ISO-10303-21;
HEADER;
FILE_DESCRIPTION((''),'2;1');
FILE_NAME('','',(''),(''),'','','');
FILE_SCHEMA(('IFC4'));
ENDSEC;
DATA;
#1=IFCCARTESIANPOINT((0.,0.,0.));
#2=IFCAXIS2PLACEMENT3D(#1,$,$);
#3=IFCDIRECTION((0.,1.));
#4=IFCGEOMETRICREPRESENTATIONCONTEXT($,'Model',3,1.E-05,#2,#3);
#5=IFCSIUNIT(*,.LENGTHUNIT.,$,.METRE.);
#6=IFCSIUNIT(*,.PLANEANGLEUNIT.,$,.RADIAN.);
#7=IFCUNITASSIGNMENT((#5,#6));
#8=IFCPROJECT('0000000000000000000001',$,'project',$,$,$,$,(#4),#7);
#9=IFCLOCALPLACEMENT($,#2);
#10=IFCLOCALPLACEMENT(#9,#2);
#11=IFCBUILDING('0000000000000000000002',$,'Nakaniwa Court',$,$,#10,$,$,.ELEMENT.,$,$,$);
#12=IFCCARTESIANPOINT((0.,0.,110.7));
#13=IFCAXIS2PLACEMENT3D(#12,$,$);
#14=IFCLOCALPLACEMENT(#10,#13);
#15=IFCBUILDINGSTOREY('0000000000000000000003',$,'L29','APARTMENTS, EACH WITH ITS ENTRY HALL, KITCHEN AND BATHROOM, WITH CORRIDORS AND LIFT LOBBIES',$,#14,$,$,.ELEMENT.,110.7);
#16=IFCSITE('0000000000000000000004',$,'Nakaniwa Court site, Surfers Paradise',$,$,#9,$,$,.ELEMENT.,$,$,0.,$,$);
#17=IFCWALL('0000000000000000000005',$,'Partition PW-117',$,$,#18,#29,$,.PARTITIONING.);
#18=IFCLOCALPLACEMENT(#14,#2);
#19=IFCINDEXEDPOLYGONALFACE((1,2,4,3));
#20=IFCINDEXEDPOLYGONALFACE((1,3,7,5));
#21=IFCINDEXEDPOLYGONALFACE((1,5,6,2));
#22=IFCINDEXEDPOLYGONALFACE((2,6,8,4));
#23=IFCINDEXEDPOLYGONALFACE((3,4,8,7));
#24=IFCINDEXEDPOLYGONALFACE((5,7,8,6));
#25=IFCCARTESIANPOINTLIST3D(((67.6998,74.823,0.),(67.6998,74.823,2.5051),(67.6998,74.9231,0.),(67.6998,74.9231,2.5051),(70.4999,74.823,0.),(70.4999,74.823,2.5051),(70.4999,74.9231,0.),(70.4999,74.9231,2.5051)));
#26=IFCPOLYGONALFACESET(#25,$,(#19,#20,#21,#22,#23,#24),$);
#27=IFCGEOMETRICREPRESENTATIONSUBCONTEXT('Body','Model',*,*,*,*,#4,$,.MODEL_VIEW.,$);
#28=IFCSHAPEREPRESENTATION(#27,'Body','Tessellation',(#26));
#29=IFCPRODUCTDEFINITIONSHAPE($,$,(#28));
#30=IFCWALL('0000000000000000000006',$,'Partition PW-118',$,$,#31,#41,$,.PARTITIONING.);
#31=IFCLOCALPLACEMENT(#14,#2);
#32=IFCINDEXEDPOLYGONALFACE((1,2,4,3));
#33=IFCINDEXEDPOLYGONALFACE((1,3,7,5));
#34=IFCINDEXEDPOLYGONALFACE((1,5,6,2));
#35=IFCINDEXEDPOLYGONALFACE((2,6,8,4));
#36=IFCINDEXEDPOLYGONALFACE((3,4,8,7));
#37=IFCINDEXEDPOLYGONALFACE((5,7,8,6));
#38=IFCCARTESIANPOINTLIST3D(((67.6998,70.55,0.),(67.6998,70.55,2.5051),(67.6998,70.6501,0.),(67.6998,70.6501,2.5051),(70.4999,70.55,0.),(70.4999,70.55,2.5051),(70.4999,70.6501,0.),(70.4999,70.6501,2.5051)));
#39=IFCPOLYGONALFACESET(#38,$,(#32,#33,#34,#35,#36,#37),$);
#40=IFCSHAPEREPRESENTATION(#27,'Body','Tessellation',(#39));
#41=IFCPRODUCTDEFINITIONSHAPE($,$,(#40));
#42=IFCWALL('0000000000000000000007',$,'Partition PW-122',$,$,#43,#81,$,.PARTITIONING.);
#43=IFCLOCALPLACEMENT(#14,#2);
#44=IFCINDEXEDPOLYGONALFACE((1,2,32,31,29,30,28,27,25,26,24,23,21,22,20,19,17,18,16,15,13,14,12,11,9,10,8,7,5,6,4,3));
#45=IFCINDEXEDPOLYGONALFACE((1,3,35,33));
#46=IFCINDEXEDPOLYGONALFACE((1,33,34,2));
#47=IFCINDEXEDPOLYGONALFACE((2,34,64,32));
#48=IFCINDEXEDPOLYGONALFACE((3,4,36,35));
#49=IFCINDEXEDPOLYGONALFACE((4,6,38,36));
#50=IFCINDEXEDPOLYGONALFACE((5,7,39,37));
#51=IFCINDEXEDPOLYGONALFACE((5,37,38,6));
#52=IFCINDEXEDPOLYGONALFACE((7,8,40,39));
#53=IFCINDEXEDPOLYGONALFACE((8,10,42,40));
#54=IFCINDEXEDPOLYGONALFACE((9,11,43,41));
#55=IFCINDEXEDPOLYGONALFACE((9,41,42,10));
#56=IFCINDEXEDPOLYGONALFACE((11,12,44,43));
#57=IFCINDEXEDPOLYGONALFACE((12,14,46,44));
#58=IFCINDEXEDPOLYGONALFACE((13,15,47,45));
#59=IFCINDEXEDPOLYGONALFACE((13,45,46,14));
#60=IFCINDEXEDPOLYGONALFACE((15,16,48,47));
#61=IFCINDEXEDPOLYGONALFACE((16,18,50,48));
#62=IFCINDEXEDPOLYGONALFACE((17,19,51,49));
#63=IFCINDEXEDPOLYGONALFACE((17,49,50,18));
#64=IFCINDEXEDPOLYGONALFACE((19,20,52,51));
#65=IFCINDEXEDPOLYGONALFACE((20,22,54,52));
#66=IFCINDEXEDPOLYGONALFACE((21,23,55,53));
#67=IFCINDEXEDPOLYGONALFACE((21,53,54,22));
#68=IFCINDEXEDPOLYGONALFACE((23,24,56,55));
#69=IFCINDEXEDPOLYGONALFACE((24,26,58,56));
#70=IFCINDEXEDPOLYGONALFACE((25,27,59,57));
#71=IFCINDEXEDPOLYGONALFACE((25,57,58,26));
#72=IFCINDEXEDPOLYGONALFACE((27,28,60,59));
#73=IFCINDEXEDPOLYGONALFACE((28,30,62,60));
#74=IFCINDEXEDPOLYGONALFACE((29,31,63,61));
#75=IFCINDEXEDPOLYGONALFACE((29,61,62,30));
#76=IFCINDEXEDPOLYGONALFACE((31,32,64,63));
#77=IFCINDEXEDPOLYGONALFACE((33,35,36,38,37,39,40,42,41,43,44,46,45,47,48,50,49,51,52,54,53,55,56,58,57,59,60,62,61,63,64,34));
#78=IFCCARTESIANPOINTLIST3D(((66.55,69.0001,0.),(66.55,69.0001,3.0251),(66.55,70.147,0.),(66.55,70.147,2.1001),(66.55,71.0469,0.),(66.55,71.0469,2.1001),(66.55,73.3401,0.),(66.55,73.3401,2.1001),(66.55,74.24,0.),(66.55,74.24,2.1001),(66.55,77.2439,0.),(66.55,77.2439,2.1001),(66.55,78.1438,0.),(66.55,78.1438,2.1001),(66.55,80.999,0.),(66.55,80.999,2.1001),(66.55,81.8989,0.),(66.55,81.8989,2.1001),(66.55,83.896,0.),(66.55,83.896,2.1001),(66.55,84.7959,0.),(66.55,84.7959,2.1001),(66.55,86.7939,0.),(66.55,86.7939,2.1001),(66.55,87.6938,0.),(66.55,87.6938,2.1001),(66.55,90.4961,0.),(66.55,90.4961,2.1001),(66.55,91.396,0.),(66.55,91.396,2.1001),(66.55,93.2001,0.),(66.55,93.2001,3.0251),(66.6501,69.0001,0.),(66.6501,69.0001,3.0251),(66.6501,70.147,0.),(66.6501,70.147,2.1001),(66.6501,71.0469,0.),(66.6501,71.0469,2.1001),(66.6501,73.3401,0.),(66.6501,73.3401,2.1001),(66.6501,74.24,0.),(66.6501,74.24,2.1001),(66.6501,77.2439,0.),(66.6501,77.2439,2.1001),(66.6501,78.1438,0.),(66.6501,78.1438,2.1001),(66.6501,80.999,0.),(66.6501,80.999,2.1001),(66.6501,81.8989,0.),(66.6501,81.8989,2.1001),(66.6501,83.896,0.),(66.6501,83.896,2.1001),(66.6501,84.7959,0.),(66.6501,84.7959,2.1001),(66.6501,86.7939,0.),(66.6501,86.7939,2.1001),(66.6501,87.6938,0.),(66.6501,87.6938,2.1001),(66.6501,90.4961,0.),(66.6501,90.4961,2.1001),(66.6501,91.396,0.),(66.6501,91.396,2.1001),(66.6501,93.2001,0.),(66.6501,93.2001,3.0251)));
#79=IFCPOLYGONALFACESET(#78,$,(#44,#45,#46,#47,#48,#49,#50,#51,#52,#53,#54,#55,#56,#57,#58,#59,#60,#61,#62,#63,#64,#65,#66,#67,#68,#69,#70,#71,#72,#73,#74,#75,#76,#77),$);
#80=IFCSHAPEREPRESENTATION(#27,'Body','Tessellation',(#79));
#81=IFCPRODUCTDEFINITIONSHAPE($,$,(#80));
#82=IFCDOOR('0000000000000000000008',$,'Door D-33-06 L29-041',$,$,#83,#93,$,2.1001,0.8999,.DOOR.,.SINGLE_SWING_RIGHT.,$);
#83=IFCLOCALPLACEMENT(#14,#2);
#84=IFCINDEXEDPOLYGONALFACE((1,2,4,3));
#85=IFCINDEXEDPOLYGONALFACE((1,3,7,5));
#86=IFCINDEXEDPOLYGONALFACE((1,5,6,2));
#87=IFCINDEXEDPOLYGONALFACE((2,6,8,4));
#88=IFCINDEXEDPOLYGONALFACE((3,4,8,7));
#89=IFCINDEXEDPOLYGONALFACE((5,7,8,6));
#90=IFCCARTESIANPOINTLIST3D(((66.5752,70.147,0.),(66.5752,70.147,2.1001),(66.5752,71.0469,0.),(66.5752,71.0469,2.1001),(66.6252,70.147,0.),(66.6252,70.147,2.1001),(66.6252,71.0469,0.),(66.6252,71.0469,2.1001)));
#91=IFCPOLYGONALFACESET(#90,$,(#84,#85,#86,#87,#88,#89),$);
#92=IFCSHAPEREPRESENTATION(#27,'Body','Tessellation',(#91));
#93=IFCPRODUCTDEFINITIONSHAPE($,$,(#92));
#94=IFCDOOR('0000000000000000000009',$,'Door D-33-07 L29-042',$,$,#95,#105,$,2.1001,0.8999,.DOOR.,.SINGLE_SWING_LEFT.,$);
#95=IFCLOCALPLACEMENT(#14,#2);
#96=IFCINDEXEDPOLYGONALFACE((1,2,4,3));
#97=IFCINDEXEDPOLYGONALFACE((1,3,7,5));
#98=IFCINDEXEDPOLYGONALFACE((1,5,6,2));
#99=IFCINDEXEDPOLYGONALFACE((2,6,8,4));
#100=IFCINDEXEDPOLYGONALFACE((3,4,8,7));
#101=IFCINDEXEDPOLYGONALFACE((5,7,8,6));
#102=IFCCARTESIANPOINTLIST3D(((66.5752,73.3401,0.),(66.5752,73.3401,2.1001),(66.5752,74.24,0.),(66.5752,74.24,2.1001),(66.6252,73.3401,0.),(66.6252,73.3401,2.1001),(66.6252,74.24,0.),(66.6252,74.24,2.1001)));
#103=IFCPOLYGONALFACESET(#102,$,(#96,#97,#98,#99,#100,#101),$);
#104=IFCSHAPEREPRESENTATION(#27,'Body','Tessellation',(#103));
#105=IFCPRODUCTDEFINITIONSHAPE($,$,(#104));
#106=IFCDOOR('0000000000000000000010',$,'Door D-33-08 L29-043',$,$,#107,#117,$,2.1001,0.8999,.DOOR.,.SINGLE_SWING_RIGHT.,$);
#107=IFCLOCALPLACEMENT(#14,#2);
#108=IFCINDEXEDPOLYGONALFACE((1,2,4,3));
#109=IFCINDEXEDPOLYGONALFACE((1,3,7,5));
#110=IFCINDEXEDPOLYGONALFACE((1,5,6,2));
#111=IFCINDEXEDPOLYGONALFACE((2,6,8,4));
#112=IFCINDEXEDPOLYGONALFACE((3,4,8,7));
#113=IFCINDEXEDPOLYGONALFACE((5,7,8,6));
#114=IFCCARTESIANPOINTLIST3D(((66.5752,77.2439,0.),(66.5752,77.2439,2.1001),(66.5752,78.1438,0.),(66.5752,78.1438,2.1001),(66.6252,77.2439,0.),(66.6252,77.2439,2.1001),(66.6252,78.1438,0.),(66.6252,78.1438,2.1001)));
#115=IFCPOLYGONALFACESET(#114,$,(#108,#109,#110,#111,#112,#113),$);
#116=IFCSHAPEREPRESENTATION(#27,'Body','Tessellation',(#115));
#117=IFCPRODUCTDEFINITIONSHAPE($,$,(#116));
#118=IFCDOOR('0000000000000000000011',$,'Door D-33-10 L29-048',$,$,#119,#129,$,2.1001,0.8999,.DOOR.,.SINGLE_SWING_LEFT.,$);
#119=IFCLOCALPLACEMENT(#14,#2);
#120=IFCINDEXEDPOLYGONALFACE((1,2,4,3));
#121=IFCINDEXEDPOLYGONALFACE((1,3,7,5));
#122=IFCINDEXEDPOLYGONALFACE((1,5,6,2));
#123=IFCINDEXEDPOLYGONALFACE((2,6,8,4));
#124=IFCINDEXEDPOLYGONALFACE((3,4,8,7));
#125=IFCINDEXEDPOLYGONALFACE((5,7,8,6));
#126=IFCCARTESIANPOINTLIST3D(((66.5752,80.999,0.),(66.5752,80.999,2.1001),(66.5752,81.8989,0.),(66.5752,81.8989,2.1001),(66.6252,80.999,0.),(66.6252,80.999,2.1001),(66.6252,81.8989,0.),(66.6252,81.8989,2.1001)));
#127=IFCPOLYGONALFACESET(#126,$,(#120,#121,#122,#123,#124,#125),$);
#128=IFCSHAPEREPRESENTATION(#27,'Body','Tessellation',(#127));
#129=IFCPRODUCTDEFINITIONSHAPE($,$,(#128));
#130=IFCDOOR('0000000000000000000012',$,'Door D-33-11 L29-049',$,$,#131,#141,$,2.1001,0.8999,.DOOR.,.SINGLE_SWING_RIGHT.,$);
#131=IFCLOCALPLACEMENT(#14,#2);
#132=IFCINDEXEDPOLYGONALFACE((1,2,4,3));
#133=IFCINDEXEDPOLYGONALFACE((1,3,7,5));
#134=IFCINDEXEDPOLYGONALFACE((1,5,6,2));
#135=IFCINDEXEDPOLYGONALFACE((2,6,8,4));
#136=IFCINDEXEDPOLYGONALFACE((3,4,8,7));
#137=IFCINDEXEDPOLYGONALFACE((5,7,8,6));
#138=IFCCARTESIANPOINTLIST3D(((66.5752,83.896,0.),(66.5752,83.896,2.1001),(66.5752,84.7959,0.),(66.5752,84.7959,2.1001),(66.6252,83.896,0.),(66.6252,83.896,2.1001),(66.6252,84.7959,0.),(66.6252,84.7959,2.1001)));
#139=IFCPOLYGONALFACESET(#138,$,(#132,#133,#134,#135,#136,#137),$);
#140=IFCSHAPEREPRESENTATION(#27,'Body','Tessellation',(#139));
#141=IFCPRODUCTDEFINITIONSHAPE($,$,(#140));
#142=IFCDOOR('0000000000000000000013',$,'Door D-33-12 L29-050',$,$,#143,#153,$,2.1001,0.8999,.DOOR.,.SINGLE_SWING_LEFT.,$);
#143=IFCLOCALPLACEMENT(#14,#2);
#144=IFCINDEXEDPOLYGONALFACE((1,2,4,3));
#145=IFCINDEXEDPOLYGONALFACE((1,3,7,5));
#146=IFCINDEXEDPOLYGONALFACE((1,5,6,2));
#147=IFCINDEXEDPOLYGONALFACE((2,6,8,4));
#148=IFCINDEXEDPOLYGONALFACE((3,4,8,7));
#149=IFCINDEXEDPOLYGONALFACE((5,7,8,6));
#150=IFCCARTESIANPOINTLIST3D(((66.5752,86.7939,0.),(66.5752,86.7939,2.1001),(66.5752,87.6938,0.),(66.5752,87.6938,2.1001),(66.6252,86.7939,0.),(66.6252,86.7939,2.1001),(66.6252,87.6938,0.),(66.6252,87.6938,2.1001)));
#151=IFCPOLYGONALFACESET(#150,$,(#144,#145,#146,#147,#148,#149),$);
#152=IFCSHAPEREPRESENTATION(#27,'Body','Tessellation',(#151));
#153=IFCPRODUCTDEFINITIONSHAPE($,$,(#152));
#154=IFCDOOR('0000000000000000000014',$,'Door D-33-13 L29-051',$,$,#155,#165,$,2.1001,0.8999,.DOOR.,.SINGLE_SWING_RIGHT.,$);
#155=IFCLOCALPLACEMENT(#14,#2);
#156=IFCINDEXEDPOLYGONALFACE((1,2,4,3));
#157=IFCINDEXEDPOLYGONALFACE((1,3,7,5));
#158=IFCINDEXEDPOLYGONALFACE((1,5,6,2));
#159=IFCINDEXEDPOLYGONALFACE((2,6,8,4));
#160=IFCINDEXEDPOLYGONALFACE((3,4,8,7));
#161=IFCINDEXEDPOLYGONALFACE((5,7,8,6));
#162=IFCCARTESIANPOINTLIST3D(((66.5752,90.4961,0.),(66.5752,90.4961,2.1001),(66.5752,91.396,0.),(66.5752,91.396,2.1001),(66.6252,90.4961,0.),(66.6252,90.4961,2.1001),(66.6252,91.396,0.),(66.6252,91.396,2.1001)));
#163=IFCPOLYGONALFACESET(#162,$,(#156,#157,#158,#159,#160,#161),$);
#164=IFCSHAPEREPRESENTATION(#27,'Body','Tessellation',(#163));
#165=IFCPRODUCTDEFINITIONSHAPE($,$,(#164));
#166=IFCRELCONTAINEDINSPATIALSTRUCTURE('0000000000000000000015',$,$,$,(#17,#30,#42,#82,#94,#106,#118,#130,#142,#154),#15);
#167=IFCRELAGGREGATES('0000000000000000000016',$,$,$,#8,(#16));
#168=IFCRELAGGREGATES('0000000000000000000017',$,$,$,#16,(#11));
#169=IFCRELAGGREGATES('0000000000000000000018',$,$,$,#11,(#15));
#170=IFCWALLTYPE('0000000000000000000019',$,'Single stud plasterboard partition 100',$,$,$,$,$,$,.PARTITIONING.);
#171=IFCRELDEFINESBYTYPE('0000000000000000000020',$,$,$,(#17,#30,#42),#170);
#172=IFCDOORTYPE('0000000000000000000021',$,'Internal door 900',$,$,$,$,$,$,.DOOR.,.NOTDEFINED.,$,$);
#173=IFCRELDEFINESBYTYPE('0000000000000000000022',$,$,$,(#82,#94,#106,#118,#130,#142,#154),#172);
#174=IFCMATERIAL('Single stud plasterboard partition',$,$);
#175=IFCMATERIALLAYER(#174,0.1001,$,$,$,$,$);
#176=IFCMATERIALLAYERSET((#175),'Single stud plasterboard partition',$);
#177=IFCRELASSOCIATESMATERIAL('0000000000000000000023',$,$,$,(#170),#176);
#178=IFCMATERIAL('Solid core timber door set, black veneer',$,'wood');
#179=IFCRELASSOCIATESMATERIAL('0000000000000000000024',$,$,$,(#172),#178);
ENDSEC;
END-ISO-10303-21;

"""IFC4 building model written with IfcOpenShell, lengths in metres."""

from ifc_helpers import new_model, si_unit, direction, frame, frame_2d, origin, place, context, subcontext, project, spatial, rectangle, extrude, material, layer, layer_set, type_object, element, fill, save


model = new_model("IFC4")

# Units and contexts
model_context = context("Model", 3, precision=1e-05, world=origin(), true_north=direction((0.0, 1.0)))
body_context = subcontext(model_context, "Body", "Model", "MODEL_VIEW")
ifc_project = project(units=[si_unit("LENGTHUNIT", "METRE"), si_unit("PLANEANGLEUNIT", "RADIAN")], contexts=[model_context])

# Site, building, storey
site_placement = place(None, origin())
site = spatial("IfcSite", under=ifc_project, at=site_placement, Name="Nakaniwa Court site, Surfers Paradise", CompositionType="ELEMENT", RefElevation=0.0)
building_placement = place(site_placement, origin())
building = spatial("IfcBuilding", under=site, at=building_placement, Name="Nakaniwa Court", CompositionType="ELEMENT")
storey_placement = place(building_placement, frame((0.0, 0.0, 110.7)))
storey = spatial("IfcBuildingStorey", under=building, at=storey_placement, Name="L29", Description="APARTMENTS, EACH WITH ITS ENTRY HALL, KITCHEN AND BATHROOM, WITH CORRIDORS AND LIFT LOBBIES", CompositionType="ELEMENT", Elevation=110.7)

# Shared definitions
ifc_material_1 = material(Name="Solid core timber door set, black veneer", Category="wood")

# Walls
ifc_material_2 = material(Name="Single stud plasterboard partition")
ifc_layer_1 = layer(ifc_material_2, 0.1001)
ifc_layer_set_1 = layer_set([ifc_layer_1], Name="Single stud plasterboard partition")
wall_type_1 = type_object("IfcWallType", Name="Single stud plasterboard partition 100", PredefinedType="PARTITIONING", material=ifc_layer_set_1)
for number, where, z_axis, x_axis, name in (
    (1, (67.7, 74.873, 0.0), (0.0, 0.0, 1.0), (1.0, 0.0, 0.0), "Partition PW-117"),
    (2, (67.7, 70.6001, 0.0), (0.0, 0.0, 1.0), (1.0, 0.0, 0.0), "Partition PW-118"),
):
    element("IfcWall", number, at=place(storey_placement, frame(where, z_axis=z_axis, x_axis=x_axis)), inside=storey, type_object=wall_type_1, Name=name, PredefinedType="PARTITIONING", context=body_context, shape_type="SweptSolid", body=[
        extrude(rectangle(XDim=2.8, YDim=0.1001, at=frame_2d((1.3999, 0.0))), origin(), (0.0, 0.0, 1.0), 2.5051),
    ])

# Wall, openings, doors
wall_1_placement = place(storey_placement, frame((66.6001, 69.0, 0.0), z_axis=(0.0, 0.0, 1.0), x_axis=(0.0, 1.0, 0.0)))
wall_1 = element("IfcWall", 3, at=wall_1_placement, inside=storey, type_object=wall_type_1, Name="Partition PW-122", PredefinedType="PARTITIONING", context=body_context, shape_type="SweptSolid", body=[
    extrude(rectangle(XDim=24.2, YDim=0.1001, at=frame_2d((12.1001, 0.0))), origin(), (0.0, 0.0, 1.0), 3.0251),
])
opening_1_placement = place(wall_1_placement, frame((1.147, 0.0, 0.0)))
opening_1 = element("IfcOpeningElement", 4, at=opening_1_placement, cuts=wall_1, PredefinedType="OPENING", context=body_context, shape_type="SweptSolid", body=[
    extrude(rectangle(XDim=0.8999, YDim=2.1001, at=frame_2d((0.45, 1.05))), frame((0.0, 0.0601, 0.0), z_axis=(0.0, -1.0, 0.0), x_axis=(1.0, 0.0, 0.0)), (0.0, 0.0, 1.0), 0.1201),
])
opening_2_placement = place(wall_1_placement, frame((4.3401, 0.0, 0.0)))
opening_2 = element("IfcOpeningElement", 5, at=opening_2_placement, cuts=wall_1, PredefinedType="OPENING", context=body_context, shape_type="SweptSolid", body=[
    extrude(rectangle(XDim=0.8999, YDim=2.1001, at=frame_2d((0.45, 1.05))), frame((0.0, 0.0601, 0.0), z_axis=(0.0, -1.0, 0.0), x_axis=(1.0, 0.0, 0.0)), (0.0, 0.0, 1.0), 0.1201),
])
opening_3_placement = place(wall_1_placement, frame((8.2439, 0.0, 0.0)))
opening_3 = element("IfcOpeningElement", 6, at=opening_3_placement, cuts=wall_1, PredefinedType="OPENING", context=body_context, shape_type="SweptSolid", body=[
    extrude(rectangle(XDim=0.8999, YDim=2.1001, at=frame_2d((0.45, 1.05))), frame((0.0, 0.0601, 0.0), z_axis=(0.0, -1.0, 0.0), x_axis=(1.0, 0.0, 0.0)), (0.0, 0.0, 1.0), 0.1201),
])
opening_4_placement = place(wall_1_placement, frame((11.999, 0.0, 0.0)))
opening_4 = element("IfcOpeningElement", 7, at=opening_4_placement, cuts=wall_1, PredefinedType="OPENING", context=body_context, shape_type="SweptSolid", body=[
    extrude(rectangle(XDim=0.8999, YDim=2.1001, at=frame_2d((0.45, 1.05))), frame((0.0, 0.0601, 0.0), z_axis=(0.0, -1.0, 0.0), x_axis=(1.0, 0.0, 0.0)), (0.0, 0.0, 1.0), 0.1201),
])
opening_5_placement = place(wall_1_placement, frame((14.896, 0.0, 0.0)))
opening_5 = element("IfcOpeningElement", 8, at=opening_5_placement, cuts=wall_1, PredefinedType="OPENING", context=body_context, shape_type="SweptSolid", body=[
    extrude(rectangle(XDim=0.8999, YDim=2.1001, at=frame_2d((0.45, 1.05))), frame((0.0, 0.0601, 0.0), z_axis=(0.0, -1.0, 0.0), x_axis=(1.0, 0.0, 0.0)), (0.0, 0.0, 1.0), 0.1201),
])
opening_6_placement = place(wall_1_placement, frame((17.7939, 0.0, 0.0)))
opening_6 = element("IfcOpeningElement", 9, at=opening_6_placement, cuts=wall_1, PredefinedType="OPENING", context=body_context, shape_type="SweptSolid", body=[
    extrude(rectangle(XDim=0.8999, YDim=2.1001, at=frame_2d((0.45, 1.05))), frame((0.0, 0.0601, 0.0), z_axis=(0.0, -1.0, 0.0), x_axis=(1.0, 0.0, 0.0)), (0.0, 0.0, 1.0), 0.1201),
])
opening_7_placement = place(wall_1_placement, frame((21.4961, 0.0, 0.0)))
opening_7 = element("IfcOpeningElement", 10, at=opening_7_placement, cuts=wall_1, PredefinedType="OPENING", context=body_context, shape_type="SweptSolid", body=[
    extrude(rectangle(XDim=0.8999, YDim=2.1001, at=frame_2d((0.45, 1.05))), frame((0.0, 0.0601, 0.0), z_axis=(0.0, -1.0, 0.0), x_axis=(1.0, 0.0, 0.0)), (0.0, 0.0, 1.0), 0.1201),
])
door_type_1 = type_object("IfcDoorType", Name="Internal door 900", OperationType="NOTDEFINED", PredefinedType="DOOR", material=ifc_material_1)
door_1_placement = place(opening_1_placement, origin())
door_1 = element("IfcDoor", 11, at=door_1_placement, inside=storey, type_object=door_type_1, Name="Door D-33-06 L29-041", OperationType="SINGLE_SWING_RIGHT", OverallHeight=2.1001, OverallWidth=0.8999, PredefinedType="DOOR", context=body_context, shape_type="SweptSolid", body=[
    extrude(rectangle(XDim=0.8999, YDim=2.1001, at=frame_2d((0.45, 1.05))), frame((0.0, 0.0249, 0.0), z_axis=(0.0, -1.0, 0.0), x_axis=(1.0, 0.0, 0.0)), (0.0, 0.0, 1.0), 0.05),
])
fill(opening_1, door_1)
door_2_placement = place(opening_2_placement, origin())
door_2 = element("IfcDoor", 12, at=door_2_placement, inside=storey, type_object=door_type_1, Name="Door D-33-07 L29-042", OperationType="SINGLE_SWING_LEFT", OverallHeight=2.1001, OverallWidth=0.8999, PredefinedType="DOOR", context=body_context, shape_type="SweptSolid", body=[
    extrude(rectangle(XDim=0.8999, YDim=2.1001, at=frame_2d((0.45, 1.05))), frame((0.0, 0.0249, 0.0), z_axis=(0.0, -1.0, 0.0), x_axis=(1.0, 0.0, 0.0)), (0.0, 0.0, 1.0), 0.05),
])
fill(opening_2, door_2)
door_3_placement = place(opening_3_placement, origin())
door_3 = element("IfcDoor", 13, at=door_3_placement, inside=storey, type_object=door_type_1, Name="Door D-33-08 L29-043", OperationType="SINGLE_SWING_RIGHT", OverallHeight=2.1001, OverallWidth=0.8999, PredefinedType="DOOR", context=body_context, shape_type="SweptSolid", body=[
    extrude(rectangle(XDim=0.8999, YDim=2.1001, at=frame_2d((0.45, 1.05))), frame((0.0, 0.0249, 0.0), z_axis=(0.0, -1.0, 0.0), x_axis=(1.0, 0.0, 0.0)), (0.0, 0.0, 1.0), 0.05),
])
fill(opening_3, door_3)
door_4_placement = place(opening_4_placement, origin())
door_4 = element("IfcDoor", 14, at=door_4_placement, inside=storey, type_object=door_type_1, Name="Door D-33-10 L29-048", OperationType="SINGLE_SWING_LEFT", OverallHeight=2.1001, OverallWidth=0.8999, PredefinedType="DOOR", context=body_context, shape_type="SweptSolid", body=[
    extrude(rectangle(XDim=0.8999, YDim=2.1001, at=frame_2d((0.45, 1.05))), frame((0.0, 0.0249, 0.0), z_axis=(0.0, -1.0, 0.0), x_axis=(1.0, 0.0, 0.0)), (0.0, 0.0, 1.0), 0.05),
])
fill(opening_4, door_4)
door_5_placement = place(opening_5_placement, origin())
door_5 = element("IfcDoor", 15, at=door_5_placement, inside=storey, type_object=door_type_1, Name="Door D-33-11 L29-049", OperationType="SINGLE_SWING_RIGHT", OverallHeight=2.1001, OverallWidth=0.8999, PredefinedType="DOOR", context=body_context, shape_type="SweptSolid", body=[
    extrude(rectangle(XDim=0.8999, YDim=2.1001, at=frame_2d((0.45, 1.05))), frame((0.0, 0.0249, 0.0), z_axis=(0.0, -1.0, 0.0), x_axis=(1.0, 0.0, 0.0)), (0.0, 0.0, 1.0), 0.05),
])
fill(opening_5, door_5)
door_6_placement = place(opening_6_placement, origin())
door_6 = element("IfcDoor", 16, at=door_6_placement, inside=storey, type_object=door_type_1, Name="Door D-33-12 L29-050", OperationType="SINGLE_SWING_LEFT", OverallHeight=2.1001, OverallWidth=0.8999, PredefinedType="DOOR", context=body_context, shape_type="SweptSolid", body=[
    extrude(rectangle(XDim=0.8999, YDim=2.1001, at=frame_2d((0.45, 1.05))), frame((0.0, 0.0249, 0.0), z_axis=(0.0, -1.0, 0.0), x_axis=(1.0, 0.0, 0.0)), (0.0, 0.0, 1.0), 0.05),
])
fill(opening_6, door_6)
door_7_placement = place(opening_7_placement, origin())
door_7 = element("IfcDoor", 17, at=door_7_placement, inside=storey, type_object=door_type_1, Name="Door D-33-13 L29-051", OperationType="SINGLE_SWING_RIGHT", OverallHeight=2.1001, OverallWidth=0.8999, PredefinedType="DOOR", context=body_context, shape_type="SweptSolid", body=[
    extrude(rectangle(XDim=0.8999, YDim=2.1001, at=frame_2d((0.45, 1.05))), frame((0.0, 0.0249, 0.0), z_axis=(0.0, -1.0, 0.0), x_axis=(1.0, 0.0, 0.0)), (0.0, 0.0, 1.0), 0.05),
])
fill(opening_7, door_7)

save(model, "model.ifc")
